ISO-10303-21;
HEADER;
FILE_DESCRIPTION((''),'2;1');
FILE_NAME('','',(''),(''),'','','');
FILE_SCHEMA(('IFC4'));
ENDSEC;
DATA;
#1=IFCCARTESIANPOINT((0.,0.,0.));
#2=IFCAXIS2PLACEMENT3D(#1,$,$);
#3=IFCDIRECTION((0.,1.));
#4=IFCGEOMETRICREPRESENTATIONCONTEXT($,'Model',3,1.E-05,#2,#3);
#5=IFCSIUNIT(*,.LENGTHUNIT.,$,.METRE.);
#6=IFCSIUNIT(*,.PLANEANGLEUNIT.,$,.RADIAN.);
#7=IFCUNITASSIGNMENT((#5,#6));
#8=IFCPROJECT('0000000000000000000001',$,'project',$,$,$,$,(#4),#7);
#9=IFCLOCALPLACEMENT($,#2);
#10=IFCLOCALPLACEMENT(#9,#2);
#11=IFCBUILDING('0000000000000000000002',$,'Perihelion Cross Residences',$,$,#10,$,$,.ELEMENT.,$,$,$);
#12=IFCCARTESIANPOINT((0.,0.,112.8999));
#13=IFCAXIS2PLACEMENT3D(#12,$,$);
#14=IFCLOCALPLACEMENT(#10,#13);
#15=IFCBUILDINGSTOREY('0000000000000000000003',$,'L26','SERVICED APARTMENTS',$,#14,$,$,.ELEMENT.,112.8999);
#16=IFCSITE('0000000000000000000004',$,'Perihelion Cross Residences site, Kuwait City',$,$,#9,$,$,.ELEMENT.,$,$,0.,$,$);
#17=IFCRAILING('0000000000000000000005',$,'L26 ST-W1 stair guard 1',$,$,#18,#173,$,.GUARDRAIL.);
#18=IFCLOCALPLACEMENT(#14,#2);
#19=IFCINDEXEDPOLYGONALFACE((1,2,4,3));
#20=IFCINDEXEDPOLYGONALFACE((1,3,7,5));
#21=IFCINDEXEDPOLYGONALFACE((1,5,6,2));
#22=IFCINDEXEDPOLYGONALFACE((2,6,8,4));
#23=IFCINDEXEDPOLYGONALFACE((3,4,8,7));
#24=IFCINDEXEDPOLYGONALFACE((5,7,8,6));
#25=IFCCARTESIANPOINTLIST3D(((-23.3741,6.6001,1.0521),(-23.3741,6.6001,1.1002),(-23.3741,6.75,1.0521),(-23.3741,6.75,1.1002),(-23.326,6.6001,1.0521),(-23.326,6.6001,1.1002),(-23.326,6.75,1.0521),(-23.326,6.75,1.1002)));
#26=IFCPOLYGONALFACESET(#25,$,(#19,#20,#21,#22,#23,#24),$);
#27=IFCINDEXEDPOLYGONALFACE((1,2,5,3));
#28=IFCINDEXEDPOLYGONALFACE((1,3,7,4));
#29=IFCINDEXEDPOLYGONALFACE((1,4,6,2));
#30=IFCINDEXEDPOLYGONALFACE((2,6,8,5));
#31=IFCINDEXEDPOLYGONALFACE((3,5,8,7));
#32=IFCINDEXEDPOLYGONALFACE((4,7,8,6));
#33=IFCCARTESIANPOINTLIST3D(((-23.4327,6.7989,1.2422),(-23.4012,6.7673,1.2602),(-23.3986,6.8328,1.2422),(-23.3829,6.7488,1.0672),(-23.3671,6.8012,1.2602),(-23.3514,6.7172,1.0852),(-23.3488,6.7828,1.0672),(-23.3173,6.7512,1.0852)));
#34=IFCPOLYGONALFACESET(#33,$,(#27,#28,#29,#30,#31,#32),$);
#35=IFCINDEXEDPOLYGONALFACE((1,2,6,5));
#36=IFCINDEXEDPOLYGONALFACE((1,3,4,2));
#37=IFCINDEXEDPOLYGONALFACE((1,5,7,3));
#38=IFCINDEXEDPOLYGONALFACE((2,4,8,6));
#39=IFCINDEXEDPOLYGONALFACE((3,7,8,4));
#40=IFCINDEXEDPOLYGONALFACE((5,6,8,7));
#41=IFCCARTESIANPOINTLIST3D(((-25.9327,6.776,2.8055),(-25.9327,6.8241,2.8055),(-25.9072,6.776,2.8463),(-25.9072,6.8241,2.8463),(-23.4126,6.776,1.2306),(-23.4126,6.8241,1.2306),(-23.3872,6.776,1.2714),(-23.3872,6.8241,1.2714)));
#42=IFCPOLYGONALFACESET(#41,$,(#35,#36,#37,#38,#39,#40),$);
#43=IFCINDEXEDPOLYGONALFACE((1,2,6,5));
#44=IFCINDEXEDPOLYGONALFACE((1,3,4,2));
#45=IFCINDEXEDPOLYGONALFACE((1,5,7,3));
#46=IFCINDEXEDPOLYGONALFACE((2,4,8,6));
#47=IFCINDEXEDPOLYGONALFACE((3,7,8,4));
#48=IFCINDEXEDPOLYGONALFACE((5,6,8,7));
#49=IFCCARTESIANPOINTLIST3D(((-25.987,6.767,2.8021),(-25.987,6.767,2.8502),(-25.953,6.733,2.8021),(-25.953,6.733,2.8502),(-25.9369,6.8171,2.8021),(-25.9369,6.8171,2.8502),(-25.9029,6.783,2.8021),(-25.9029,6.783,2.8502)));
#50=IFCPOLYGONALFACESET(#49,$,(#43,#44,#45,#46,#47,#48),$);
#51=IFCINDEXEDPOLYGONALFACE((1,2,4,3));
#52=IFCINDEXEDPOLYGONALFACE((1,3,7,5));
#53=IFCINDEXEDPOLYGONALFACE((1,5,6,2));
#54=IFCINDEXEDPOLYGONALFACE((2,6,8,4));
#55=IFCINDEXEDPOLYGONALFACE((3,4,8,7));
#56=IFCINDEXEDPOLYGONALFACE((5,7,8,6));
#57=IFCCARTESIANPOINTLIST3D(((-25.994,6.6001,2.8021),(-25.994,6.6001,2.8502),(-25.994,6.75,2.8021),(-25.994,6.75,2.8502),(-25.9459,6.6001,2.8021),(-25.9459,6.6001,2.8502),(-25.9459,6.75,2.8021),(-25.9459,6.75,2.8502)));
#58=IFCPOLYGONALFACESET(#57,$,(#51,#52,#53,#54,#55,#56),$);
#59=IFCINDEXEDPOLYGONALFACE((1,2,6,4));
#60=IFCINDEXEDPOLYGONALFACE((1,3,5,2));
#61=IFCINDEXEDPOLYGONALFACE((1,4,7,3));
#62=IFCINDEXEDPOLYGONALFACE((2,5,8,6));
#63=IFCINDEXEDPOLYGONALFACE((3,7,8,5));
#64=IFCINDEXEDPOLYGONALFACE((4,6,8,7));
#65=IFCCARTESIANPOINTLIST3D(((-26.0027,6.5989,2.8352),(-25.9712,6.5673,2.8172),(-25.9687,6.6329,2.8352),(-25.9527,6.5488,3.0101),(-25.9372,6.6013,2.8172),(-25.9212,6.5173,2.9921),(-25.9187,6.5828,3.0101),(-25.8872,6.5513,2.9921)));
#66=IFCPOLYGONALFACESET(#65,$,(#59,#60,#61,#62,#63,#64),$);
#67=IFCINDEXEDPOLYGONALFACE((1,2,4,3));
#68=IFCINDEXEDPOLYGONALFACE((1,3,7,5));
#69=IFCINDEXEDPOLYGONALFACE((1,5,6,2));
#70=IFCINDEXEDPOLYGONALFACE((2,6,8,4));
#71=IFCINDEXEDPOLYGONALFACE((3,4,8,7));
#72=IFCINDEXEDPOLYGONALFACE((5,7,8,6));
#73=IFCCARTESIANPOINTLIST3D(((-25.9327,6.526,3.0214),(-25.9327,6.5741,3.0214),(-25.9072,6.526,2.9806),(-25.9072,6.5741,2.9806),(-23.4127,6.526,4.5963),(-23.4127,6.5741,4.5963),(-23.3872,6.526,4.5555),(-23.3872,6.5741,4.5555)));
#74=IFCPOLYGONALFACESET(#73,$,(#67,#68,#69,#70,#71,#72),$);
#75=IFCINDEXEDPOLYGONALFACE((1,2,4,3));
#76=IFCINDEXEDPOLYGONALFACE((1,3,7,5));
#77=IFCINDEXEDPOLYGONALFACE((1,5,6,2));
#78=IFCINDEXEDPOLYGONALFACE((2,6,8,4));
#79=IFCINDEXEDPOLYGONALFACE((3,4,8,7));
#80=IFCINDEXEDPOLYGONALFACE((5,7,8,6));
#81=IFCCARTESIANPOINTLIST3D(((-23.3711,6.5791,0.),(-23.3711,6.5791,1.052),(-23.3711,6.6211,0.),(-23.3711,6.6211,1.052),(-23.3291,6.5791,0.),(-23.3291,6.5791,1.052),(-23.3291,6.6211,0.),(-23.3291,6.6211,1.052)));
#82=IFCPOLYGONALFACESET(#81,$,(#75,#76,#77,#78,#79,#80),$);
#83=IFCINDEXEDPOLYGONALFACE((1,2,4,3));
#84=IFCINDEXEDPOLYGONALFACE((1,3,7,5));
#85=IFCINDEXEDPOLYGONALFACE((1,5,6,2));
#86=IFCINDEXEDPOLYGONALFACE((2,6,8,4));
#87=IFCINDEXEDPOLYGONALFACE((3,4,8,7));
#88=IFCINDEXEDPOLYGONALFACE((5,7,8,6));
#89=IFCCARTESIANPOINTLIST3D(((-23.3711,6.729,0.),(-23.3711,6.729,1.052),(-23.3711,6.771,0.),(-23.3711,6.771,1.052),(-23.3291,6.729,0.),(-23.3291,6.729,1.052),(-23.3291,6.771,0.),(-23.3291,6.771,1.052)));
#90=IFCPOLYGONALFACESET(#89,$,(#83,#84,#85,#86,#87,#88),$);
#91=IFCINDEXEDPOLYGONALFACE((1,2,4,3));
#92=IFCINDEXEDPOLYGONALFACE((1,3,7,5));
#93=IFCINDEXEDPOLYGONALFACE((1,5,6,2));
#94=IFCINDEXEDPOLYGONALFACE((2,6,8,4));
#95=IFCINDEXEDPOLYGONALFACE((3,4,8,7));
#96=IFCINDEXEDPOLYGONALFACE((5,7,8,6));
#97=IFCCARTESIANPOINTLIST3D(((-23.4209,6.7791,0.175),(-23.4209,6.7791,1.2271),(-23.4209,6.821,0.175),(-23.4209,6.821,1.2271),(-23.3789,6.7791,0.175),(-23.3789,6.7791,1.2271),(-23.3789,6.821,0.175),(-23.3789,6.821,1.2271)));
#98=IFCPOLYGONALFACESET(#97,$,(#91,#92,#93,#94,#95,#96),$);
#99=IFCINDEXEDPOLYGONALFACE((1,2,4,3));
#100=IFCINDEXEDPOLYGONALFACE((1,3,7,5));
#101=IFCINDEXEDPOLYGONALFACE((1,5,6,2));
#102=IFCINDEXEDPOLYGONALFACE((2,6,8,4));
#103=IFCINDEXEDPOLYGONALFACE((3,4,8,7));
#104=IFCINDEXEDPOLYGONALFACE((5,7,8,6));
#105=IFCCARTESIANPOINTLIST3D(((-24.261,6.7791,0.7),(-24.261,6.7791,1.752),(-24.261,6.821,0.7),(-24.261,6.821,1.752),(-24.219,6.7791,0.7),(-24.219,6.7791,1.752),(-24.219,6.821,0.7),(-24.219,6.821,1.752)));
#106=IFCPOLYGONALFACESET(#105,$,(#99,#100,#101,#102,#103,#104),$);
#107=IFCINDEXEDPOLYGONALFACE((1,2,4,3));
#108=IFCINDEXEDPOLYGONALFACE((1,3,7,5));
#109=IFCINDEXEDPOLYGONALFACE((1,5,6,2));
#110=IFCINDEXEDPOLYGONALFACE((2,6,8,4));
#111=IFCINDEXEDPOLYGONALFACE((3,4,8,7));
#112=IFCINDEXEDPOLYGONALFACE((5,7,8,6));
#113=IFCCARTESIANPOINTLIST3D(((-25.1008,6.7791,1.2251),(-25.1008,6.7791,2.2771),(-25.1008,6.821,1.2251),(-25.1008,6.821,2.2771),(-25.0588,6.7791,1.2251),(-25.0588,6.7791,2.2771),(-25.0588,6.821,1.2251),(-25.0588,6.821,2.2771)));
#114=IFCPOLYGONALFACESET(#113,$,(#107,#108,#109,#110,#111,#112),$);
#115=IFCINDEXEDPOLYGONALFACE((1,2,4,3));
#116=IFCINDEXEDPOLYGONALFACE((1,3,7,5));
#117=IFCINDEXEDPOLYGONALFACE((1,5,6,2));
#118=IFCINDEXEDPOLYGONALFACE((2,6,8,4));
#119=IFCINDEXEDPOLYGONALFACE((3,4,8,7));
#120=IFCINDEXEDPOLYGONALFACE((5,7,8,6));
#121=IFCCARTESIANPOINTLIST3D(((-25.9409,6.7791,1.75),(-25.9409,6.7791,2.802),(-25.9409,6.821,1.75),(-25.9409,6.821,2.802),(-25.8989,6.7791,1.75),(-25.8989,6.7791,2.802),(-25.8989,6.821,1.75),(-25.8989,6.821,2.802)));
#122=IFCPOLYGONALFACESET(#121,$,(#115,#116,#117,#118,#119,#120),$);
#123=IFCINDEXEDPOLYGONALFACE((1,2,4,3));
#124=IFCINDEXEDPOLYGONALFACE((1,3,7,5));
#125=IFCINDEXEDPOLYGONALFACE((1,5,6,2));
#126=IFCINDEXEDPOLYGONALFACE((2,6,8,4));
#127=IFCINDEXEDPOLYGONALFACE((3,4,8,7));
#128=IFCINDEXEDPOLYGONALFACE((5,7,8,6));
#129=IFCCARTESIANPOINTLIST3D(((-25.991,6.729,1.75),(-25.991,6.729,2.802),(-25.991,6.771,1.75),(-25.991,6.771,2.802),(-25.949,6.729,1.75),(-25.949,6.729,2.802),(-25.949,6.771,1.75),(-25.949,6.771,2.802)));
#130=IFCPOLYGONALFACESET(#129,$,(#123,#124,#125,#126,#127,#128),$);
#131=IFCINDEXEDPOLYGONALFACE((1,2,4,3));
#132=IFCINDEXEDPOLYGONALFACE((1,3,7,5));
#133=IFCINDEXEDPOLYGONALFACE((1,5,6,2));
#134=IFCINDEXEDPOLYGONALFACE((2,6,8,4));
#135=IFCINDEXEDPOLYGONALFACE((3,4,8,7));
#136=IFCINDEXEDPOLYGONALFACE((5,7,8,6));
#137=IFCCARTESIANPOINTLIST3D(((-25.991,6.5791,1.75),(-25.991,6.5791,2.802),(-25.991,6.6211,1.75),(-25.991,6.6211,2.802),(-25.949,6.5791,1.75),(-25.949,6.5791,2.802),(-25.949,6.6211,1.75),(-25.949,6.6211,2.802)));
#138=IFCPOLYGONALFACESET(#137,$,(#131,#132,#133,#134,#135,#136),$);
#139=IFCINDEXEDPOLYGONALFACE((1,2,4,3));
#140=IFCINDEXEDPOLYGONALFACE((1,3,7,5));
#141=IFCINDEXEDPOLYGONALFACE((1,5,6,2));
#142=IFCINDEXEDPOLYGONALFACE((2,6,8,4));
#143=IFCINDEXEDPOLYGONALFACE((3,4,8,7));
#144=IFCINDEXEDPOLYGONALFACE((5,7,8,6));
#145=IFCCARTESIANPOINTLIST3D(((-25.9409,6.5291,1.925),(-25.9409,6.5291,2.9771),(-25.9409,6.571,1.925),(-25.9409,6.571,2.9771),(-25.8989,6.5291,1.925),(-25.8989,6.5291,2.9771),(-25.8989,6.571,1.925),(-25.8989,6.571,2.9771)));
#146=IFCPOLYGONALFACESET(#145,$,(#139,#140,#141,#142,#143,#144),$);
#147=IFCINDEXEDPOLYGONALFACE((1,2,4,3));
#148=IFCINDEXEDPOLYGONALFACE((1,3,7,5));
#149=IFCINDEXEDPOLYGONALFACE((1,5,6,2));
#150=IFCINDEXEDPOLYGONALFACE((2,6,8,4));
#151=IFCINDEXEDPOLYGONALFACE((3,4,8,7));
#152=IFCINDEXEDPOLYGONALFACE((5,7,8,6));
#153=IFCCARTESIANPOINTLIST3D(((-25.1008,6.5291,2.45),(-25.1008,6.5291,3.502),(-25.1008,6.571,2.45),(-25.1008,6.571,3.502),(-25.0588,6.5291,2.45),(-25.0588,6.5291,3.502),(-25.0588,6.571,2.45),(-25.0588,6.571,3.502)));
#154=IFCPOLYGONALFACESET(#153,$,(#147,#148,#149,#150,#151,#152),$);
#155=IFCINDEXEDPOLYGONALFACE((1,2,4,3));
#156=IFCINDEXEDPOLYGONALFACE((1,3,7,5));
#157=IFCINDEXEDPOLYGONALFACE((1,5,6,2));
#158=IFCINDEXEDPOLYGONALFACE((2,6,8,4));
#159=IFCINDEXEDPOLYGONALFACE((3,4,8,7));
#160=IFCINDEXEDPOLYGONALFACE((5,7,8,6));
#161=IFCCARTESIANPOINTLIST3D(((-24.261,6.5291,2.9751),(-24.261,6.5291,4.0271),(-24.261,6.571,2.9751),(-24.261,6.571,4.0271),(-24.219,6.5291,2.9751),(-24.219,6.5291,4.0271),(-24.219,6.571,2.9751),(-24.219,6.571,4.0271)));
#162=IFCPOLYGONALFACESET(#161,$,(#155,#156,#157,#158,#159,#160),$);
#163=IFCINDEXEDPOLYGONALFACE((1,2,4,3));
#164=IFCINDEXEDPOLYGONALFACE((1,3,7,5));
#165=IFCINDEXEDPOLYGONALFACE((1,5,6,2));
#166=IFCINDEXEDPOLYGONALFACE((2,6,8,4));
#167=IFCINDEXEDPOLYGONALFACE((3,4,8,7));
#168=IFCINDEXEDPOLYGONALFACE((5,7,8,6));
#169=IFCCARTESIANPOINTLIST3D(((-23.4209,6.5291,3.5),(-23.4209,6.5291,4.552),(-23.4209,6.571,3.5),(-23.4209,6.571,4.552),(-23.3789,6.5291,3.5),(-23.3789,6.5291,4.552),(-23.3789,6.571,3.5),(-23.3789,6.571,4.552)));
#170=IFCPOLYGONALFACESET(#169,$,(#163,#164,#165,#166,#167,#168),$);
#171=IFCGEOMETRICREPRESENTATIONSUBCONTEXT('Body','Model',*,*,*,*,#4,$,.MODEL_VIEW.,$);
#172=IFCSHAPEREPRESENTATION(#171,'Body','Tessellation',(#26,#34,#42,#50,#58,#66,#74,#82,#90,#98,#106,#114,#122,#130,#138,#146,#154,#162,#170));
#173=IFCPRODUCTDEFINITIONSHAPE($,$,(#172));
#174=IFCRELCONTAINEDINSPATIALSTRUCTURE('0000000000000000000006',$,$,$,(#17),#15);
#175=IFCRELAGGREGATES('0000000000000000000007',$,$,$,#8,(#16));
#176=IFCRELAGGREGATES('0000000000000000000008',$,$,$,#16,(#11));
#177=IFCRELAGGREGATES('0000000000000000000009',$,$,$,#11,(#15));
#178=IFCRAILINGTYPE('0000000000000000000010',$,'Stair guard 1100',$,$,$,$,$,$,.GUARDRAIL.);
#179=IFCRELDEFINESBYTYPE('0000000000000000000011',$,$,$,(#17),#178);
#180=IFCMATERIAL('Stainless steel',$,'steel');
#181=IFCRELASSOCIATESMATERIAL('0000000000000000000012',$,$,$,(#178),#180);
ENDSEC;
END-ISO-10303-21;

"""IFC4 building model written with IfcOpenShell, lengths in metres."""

from ifc_helpers import new_model, si_unit, direction, frame, origin, origin_2d, place, context, subcontext, project, spatial, rectangle, extrude, material, type_object, element, save


model = new_model("IFC4")

# Units and contexts
model_context = context("Model", 3, precision=1e-05, world=origin(), true_north=direction((0.0, 1.0)))
body_context = subcontext(model_context, "Body", "Model", "MODEL_VIEW")
ifc_project = project(units=[si_unit("LENGTHUNIT", "METRE"), si_unit("PLANEANGLEUNIT", "RADIAN")], contexts=[model_context])

# Site, building, storey
site_placement = place(None, origin())
site = spatial("IfcSite", under=ifc_project, at=site_placement, Name="Perihelion Cross Residences site, Kuwait City", CompositionType="ELEMENT", RefElevation=0.0)
building_placement = place(site_placement, origin())
building = spatial("IfcBuilding", under=site, at=building_placement, Name="Perihelion Cross Residences", CompositionType="ELEMENT")
storey_placement = place(building_placement, frame((0.0, 0.0, 112.8999)))
storey = spatial("IfcBuildingStorey", under=building, at=storey_placement, Name="L26", Description="SERVICED APARTMENTS", CompositionType="ELEMENT", Elevation=112.8999)

# Railing
ifc_material_1 = material(Name="Stainless steel", Category="steel")
railing_type_1 = type_object("IfcRailingType", Name="Stair guard 1100", PredefinedType="GUARDRAIL", material=ifc_material_1)
railing_1_placement = place(storey_placement, frame((-23.3501, 6.6001, 0.0)))
element("IfcRailing", 1, at=railing_1_placement, inside=storey, type_object=railing_type_1, Name="L26 ST-W1 stair guard 1", PredefinedType="GUARDRAIL", context=body_context, shape_type="SweptSolid", body=[
    extrude(rectangle(XDim=0.0481, YDim=0.0481, at=origin_2d()), frame((0.0, 0.0, 1.0762), z_axis=(0.0, 1.0, 0.0), x_axis=(-1.0, 0.0, 0.0)), (0.0, 0.0, 1.0), 0.1499),
    extrude(rectangle(XDim=0.0481, YDim=0.0481, at=origin_2d()), frame((0.0, 0.1499, 1.0762), z_axis=(-0.263862, 0.265156, 0.927399), x_axis=(-0.708834, -0.705376, 0.0)), (0.0, 0.0, 1.0), 0.1887),
    extrude(rectangle(XDim=0.0481, YDim=0.0481, at=origin_2d()), frame((-0.0498, 0.2, 1.251), z_axis=(-0.848008, 0.0, 0.529984), x_axis=(0.0, -1.0, 0.0)), (0.0, 0.0, 1.0), 2.9717),
    extrude(rectangle(XDim=0.0481, YDim=0.0481, at=origin_2d()), frame((-2.5698, 0.2, 2.8262), z_axis=(-0.707107, -0.707107, 0.0), x_axis=(0.707107, -0.707107, 0.0)), (0.0, 0.0, 1.0), 0.0708),
    extrude(rectangle(XDim=0.0481, YDim=0.0481, at=origin_2d()), frame((-2.6199, 0.1499, 2.8262), z_axis=(0.0, -1.0, 0.0), x_axis=(1.0, 0.0, 0.0)), (0.0, 0.0, 1.0), 0.1499),
    extrude(rectangle(XDim=0.0481, YDim=0.0481, at=origin_2d()), frame((-2.6199, 0.0, 2.8262), z_axis=(0.265065, -0.265065, 0.927082), x_axis=(0.707107, 0.707107, 0.0)), (0.0, 0.0, 1.0), 0.1887),
    extrude(rectangle(XDim=0.0481, YDim=0.0481, at=origin_2d()), frame((-2.5698, -0.05, 3.001), z_axis=(0.848008, 0.0, 0.529984), x_axis=(0.0, 1.0, 0.0)), (0.0, 0.0, 1.0), 2.9717),
    extrude(rectangle(XDim=0.042, YDim=0.042, at=origin_2d()), origin(), (0.0, 0.0, 1.0), 1.052),
    extrude(rectangle(XDim=0.042, YDim=0.042, at=origin_2d()), frame((0.0, 0.1499, 0.0)), (0.0, 0.0, 1.0), 1.052),
    extrude(rectangle(XDim=0.042, YDim=0.042, at=origin_2d()), frame((-0.0498, 0.2, 0.175)), (0.0, 0.0, 1.0), 1.052),
    extrude(rectangle(XDim=0.042, YDim=0.042, at=origin_2d()), frame((-0.8899, 0.2, 0.7)), (0.0, 0.0, 1.0), 1.052),
    extrude(rectangle(XDim=0.042, YDim=0.042, at=origin_2d()), frame((-1.7297, 0.2, 1.2251)), (0.0, 0.0, 1.0), 1.052),
    extrude(rectangle(XDim=0.042, YDim=0.042, at=origin_2d()), frame((-2.5698, 0.2, 1.75)), (0.0, 0.0, 1.0), 1.052),
    extrude(rectangle(XDim=0.042, YDim=0.042, at=origin_2d()), frame((-2.6199, 0.1499, 1.75)), (0.0, 0.0, 1.0), 1.052),
    extrude(rectangle(XDim=0.042, YDim=0.042, at=origin_2d()), frame((-2.6199, 0.0, 1.75)), (0.0, 0.0, 1.0), 1.052),
    extrude(rectangle(XDim=0.042, YDim=0.042, at=origin_2d()), frame((-2.5698, -0.05, 1.925)), (0.0, 0.0, 1.0), 1.052),
    extrude(rectangle(XDim=0.042, YDim=0.042, at=origin_2d()), frame((-1.7297, -0.05, 2.45)), (0.0, 0.0, 1.0), 1.052),
    extrude(rectangle(XDim=0.042, YDim=0.042, at=origin_2d()), frame((-0.8899, -0.05, 2.9751)), (0.0, 0.0, 1.0), 1.052),
    extrude(rectangle(XDim=0.042, YDim=0.042, at=origin_2d()), frame((-0.0498, -0.05, 3.5)), (0.0, 0.0, 1.0), 1.052),
])

save(model, "model.ifc")
